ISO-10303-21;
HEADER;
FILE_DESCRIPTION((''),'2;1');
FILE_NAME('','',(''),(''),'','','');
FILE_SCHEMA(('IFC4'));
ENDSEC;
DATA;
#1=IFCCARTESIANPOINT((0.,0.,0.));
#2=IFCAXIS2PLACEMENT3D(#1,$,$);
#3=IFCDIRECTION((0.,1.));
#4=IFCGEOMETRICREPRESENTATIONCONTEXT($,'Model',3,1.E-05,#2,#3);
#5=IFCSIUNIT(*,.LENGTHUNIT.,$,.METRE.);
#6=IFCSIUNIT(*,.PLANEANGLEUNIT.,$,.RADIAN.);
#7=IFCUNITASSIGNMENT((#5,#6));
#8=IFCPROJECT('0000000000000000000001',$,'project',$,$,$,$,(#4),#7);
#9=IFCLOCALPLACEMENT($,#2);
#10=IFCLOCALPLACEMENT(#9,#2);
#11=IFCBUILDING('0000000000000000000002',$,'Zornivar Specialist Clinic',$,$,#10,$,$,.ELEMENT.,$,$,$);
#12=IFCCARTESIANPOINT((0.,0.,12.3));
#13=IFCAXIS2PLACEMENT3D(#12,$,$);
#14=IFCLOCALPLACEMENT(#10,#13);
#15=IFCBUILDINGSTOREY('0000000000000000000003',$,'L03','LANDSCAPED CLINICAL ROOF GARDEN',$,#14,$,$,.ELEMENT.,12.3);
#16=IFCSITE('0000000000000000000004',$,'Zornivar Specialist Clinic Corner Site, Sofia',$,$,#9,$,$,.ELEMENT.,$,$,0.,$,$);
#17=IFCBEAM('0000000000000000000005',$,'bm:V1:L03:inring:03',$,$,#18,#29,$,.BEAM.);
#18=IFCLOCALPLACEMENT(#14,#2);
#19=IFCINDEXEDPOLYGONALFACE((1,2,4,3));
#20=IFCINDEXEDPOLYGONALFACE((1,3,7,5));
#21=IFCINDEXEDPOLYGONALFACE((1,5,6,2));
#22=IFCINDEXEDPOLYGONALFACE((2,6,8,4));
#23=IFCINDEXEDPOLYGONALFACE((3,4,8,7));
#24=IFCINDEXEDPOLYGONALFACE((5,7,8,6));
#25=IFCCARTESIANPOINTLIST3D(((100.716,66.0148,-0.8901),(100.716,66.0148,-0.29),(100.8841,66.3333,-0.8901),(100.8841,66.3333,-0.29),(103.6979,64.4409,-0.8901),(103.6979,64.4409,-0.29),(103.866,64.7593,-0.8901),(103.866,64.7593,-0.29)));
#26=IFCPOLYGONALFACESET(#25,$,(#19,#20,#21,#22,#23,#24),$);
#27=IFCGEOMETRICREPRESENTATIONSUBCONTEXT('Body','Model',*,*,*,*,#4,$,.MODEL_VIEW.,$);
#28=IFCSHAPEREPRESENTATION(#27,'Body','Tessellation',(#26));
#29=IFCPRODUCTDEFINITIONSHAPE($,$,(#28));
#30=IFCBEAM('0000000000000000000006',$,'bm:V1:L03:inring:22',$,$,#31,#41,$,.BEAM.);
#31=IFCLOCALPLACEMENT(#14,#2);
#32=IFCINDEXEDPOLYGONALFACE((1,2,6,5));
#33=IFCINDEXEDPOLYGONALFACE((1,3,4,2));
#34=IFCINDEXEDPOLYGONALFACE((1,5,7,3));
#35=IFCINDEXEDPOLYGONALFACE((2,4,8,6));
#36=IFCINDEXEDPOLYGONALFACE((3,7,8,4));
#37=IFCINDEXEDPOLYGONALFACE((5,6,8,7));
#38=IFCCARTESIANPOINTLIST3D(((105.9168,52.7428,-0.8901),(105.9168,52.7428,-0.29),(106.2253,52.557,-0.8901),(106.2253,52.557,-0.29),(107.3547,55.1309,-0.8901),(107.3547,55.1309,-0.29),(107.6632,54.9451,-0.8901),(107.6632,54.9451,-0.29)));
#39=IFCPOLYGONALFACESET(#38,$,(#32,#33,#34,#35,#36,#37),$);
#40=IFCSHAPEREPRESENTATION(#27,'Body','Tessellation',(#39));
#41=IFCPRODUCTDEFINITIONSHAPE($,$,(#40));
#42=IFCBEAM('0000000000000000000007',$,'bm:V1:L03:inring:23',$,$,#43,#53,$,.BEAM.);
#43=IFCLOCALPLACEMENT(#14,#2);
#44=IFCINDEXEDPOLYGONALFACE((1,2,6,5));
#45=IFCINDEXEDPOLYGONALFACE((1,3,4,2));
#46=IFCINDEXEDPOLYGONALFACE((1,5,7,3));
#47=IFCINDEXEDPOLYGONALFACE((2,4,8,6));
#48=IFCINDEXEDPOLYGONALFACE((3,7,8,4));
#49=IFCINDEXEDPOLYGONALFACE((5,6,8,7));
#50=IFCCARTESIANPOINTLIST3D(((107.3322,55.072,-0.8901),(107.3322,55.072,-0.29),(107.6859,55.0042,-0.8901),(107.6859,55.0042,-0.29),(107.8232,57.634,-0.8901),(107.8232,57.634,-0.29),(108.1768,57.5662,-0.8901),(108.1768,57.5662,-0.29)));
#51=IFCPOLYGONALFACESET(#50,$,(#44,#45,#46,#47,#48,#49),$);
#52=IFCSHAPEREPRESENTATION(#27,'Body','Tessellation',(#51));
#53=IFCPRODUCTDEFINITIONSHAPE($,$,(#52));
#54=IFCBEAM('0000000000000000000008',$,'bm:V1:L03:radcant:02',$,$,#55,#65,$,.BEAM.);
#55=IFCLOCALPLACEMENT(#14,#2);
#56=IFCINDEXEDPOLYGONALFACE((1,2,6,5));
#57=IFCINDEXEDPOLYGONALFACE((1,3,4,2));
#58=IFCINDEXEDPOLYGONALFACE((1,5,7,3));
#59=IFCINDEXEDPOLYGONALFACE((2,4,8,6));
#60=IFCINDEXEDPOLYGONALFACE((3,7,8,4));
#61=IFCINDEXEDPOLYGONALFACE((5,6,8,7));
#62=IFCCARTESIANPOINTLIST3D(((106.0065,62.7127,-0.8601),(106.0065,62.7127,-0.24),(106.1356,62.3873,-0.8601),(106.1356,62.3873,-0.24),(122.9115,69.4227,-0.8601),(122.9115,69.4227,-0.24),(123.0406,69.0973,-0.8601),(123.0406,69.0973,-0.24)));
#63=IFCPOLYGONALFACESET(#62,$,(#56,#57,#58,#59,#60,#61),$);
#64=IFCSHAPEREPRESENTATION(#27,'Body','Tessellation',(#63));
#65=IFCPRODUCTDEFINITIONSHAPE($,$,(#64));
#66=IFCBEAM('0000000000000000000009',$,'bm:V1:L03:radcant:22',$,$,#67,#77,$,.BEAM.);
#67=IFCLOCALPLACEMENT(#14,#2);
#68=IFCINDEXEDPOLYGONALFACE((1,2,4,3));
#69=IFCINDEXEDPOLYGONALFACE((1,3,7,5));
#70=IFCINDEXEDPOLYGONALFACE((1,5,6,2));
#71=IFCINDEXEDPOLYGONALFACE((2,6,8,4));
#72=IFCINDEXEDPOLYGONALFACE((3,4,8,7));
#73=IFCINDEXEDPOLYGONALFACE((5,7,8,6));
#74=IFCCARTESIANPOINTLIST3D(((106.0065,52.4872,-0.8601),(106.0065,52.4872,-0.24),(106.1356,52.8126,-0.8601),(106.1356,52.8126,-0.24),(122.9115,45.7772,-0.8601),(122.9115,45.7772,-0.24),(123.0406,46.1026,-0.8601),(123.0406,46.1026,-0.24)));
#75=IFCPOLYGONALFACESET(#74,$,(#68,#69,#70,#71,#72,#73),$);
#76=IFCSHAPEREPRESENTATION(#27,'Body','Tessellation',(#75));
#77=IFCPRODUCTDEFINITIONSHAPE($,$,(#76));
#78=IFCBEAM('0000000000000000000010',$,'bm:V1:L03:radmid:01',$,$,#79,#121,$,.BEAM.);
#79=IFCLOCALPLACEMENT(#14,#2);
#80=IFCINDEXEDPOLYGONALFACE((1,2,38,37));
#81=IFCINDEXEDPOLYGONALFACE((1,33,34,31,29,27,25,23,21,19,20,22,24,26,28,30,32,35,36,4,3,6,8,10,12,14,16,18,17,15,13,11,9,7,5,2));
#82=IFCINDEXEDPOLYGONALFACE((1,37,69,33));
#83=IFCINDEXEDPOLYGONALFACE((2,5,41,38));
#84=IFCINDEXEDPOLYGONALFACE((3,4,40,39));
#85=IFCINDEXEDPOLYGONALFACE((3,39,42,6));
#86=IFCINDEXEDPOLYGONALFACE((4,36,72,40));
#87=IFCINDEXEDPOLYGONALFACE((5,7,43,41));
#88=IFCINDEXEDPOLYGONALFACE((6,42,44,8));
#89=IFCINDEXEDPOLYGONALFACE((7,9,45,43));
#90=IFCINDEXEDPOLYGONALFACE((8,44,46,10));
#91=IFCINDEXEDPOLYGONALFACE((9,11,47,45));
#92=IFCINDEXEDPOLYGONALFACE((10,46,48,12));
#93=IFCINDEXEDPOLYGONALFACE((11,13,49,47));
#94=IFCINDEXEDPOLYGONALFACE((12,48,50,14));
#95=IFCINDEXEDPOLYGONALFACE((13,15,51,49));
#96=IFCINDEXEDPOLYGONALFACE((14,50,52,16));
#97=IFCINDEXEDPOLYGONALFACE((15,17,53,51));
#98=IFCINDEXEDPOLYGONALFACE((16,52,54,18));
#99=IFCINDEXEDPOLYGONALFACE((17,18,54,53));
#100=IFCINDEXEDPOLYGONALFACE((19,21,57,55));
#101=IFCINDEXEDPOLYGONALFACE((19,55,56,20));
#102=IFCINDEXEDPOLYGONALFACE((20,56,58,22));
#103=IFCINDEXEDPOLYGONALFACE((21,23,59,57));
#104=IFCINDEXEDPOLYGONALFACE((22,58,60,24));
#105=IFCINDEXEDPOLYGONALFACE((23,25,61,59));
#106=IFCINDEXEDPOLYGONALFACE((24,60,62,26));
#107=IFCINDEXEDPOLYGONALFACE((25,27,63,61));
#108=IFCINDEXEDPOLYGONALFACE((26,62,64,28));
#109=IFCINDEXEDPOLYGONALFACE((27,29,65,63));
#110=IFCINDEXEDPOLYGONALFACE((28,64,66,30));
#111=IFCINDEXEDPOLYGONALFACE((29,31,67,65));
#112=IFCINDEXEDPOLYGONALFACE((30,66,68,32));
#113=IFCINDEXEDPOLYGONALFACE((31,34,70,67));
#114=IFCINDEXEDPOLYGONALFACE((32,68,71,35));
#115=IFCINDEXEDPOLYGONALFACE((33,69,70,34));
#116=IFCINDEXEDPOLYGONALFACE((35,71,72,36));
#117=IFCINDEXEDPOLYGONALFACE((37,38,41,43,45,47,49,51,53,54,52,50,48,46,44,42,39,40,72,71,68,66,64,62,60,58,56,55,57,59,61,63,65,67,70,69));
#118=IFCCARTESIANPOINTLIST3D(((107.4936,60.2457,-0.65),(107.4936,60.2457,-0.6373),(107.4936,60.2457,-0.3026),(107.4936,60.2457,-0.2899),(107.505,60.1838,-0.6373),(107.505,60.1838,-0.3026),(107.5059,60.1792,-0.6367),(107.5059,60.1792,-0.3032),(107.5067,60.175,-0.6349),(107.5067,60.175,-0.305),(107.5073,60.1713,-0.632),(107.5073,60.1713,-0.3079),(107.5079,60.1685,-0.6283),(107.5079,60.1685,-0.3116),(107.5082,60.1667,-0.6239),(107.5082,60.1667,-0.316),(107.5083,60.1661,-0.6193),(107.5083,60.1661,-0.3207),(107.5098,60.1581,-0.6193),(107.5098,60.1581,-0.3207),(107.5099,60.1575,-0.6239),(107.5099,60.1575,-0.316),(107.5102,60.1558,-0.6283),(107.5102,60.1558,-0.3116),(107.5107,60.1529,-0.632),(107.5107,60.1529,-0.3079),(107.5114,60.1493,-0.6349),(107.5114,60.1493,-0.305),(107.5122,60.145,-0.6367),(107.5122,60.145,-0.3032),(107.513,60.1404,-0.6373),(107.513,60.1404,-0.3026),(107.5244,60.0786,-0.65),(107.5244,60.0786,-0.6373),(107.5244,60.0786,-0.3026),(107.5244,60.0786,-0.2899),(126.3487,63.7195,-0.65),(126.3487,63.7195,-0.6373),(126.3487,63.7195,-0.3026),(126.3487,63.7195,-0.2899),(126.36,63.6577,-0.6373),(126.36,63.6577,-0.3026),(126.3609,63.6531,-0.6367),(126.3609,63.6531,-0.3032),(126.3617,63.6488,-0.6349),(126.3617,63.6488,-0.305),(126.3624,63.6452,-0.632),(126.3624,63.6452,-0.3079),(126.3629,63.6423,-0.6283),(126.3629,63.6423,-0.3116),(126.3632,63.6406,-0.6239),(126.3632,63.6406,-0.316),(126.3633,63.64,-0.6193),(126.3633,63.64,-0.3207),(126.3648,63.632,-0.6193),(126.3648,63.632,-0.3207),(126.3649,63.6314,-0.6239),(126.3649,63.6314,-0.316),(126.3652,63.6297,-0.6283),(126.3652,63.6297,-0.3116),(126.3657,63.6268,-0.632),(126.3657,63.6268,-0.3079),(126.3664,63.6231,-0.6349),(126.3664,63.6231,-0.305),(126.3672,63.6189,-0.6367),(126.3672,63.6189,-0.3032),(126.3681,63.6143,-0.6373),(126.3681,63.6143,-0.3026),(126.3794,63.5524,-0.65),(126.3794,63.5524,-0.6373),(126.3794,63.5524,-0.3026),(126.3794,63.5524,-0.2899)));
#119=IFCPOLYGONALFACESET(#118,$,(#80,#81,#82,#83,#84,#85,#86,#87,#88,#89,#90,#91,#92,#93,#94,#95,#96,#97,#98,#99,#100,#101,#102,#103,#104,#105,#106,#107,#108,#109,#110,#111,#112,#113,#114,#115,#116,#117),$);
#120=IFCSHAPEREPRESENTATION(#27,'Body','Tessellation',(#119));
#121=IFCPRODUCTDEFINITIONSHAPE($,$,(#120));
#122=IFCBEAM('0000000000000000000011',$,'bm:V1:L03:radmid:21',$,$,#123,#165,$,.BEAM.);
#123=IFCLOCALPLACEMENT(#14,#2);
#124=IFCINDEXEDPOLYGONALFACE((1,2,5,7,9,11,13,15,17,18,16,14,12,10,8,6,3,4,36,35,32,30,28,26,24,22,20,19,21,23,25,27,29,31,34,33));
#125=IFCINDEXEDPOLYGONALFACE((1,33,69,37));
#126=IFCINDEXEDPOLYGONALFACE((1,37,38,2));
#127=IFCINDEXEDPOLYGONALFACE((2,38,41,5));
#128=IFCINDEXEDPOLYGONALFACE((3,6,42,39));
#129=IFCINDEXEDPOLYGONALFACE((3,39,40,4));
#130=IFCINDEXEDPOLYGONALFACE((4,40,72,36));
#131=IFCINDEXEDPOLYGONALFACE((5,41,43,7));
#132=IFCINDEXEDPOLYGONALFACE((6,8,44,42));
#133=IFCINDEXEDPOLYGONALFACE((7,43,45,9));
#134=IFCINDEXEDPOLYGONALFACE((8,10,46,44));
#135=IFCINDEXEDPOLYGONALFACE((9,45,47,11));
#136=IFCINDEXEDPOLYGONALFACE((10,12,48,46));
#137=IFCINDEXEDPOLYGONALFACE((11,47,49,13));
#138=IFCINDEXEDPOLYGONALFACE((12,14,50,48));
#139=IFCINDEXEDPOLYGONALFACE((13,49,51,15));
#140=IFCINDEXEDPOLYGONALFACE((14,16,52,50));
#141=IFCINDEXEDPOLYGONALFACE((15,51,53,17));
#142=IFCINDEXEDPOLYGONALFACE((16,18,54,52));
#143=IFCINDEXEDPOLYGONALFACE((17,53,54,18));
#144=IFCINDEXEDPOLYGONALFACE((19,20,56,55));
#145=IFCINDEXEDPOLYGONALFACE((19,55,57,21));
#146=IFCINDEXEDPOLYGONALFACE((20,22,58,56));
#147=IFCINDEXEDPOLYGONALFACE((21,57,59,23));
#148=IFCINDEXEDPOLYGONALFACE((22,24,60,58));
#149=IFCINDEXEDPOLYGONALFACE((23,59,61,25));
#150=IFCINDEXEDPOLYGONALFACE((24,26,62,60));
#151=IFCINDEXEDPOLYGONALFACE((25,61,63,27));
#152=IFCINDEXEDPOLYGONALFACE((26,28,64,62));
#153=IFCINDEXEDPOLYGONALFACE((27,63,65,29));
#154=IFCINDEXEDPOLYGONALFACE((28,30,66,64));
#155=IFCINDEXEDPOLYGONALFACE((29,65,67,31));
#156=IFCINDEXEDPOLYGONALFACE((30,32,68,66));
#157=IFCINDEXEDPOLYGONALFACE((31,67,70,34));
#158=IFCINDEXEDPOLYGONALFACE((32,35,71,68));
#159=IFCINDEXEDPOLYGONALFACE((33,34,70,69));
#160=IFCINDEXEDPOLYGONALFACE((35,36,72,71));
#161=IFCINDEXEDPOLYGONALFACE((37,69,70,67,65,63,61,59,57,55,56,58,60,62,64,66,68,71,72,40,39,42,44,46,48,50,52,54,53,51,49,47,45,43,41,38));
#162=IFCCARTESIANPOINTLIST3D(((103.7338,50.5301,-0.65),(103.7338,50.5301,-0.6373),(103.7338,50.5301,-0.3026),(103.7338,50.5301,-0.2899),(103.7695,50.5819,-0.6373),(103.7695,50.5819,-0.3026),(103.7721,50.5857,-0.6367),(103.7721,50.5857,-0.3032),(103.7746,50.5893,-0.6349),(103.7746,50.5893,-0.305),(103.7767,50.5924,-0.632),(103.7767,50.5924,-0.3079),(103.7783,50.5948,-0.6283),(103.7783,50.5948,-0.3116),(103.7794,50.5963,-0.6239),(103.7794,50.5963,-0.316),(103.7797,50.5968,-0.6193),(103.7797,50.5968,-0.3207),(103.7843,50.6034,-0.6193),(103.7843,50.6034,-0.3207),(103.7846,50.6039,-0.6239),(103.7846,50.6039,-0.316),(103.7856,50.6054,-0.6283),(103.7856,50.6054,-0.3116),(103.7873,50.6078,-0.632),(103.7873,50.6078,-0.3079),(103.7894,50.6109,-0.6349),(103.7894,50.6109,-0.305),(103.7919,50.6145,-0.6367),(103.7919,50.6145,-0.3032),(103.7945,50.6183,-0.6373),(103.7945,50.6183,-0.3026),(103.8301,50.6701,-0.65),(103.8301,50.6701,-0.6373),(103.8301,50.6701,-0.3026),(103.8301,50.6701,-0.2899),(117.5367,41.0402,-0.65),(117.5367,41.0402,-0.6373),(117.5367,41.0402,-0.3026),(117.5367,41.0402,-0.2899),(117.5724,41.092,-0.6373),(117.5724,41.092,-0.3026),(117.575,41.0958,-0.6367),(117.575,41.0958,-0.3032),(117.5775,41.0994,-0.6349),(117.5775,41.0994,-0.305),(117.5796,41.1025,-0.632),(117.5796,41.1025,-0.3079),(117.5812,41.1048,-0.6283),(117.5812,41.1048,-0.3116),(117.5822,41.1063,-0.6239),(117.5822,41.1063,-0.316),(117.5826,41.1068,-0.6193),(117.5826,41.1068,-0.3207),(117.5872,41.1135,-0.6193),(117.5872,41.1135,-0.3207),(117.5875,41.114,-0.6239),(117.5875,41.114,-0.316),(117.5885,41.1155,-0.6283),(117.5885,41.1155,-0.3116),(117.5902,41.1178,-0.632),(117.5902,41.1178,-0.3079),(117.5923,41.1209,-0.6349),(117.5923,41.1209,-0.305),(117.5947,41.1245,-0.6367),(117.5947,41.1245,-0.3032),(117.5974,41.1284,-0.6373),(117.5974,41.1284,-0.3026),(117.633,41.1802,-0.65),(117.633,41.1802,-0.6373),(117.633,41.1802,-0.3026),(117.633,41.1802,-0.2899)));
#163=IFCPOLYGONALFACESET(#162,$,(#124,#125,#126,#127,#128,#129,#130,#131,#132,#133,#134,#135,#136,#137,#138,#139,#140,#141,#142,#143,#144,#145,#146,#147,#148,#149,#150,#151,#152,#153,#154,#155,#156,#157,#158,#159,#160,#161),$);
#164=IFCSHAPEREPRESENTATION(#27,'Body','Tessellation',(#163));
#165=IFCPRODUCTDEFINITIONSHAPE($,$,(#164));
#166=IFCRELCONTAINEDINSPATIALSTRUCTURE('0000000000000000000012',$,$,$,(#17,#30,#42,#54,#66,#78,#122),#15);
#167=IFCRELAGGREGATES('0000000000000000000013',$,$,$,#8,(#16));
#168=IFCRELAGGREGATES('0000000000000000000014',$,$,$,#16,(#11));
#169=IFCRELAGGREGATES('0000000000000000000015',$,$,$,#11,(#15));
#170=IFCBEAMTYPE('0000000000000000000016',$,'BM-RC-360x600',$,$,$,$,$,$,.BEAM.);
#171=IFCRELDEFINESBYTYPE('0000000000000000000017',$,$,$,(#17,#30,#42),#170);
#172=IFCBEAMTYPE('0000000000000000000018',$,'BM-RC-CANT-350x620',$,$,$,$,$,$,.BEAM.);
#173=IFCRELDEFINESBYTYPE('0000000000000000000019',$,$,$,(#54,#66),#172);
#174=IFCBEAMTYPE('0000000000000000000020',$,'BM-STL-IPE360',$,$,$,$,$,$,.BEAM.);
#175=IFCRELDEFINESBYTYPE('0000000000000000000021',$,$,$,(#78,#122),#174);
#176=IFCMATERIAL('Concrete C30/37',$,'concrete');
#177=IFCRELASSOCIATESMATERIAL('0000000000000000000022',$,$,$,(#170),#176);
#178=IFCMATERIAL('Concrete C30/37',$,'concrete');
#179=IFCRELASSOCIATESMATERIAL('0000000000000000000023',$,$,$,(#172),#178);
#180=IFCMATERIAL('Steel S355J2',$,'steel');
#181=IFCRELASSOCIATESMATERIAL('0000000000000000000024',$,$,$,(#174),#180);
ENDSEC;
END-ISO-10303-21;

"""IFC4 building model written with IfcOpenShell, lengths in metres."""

from ifc_helpers import new_model, si_unit, direction, frame, origin, origin_2d, place, context, subcontext, project, spatial, rectangle, i_section, extrude, material, material_profile, profile_set, type_object, element, save


model = new_model("IFC4")

# Units and contexts
model_context = context("Model", 3, precision=1e-05, world=origin(), true_north=direction((0.0, 1.0)))
body_context = subcontext(model_context, "Body", "Model", "MODEL_VIEW")
ifc_project = project(units=[si_unit("LENGTHUNIT", "METRE"), si_unit("PLANEANGLEUNIT", "RADIAN")], contexts=[model_context])

# Site, building, storey
site_placement = place(None, origin())
site = spatial("IfcSite", under=ifc_project, at=site_placement, Name="Zornivar Specialist Clinic Corner Site, Sofia", CompositionType="ELEMENT", RefElevation=0.0)
building_placement = place(site_placement, origin())
building = spatial("IfcBuilding", under=site, at=building_placement, Name="Zornivar Specialist Clinic", CompositionType="ELEMENT")
storey_placement = place(building_placement, frame((0.0, 0.0, 12.3)))
storey = spatial("IfcBuildingStorey", under=building, at=storey_placement, Name="L03", Description="LANDSCAPED CLINICAL ROOF GARDEN", CompositionType="ELEMENT", Elevation=12.3)

# Beams
ifc_material_1 = material(Name="Concrete C30/37", Category="concrete")
ifc_material_profile_1 = material_profile(ifc_material_1, rectangle(XDim=0.3601, YDim=0.6001, at=origin_2d()), Name="RC 360x600")
ifc_profile_set_1 = profile_set([ifc_material_profile_1], Name="Concrete C30/37")
beam_type_1 = type_object("IfcBeamType", Name="BM-RC-360x600", PredefinedType="BEAM", material=ifc_profile_set_1)
beam_1_placement = place(storey_placement, frame((103.782, 64.6001, -0.5901), z_axis=(-0.884363, 0.4668, 0.0), x_axis=(-0.4668, -0.884363, 0.0)))
element("IfcBeam", 1, at=beam_1_placement, inside=storey, type_object=beam_type_1, Name="bm:V1:L03:inring:03", PredefinedType="BEAM", context=body_context, shape_type="SweptSolid", body=[
    extrude(rectangle(XDim=0.3601, YDim=0.6001, at=origin_2d()), origin(), (0.0, 0.0, 1.0), 3.3718),
])
beam_2_placement = place(storey_placement, frame((106.071, 52.6499, -0.5901), z_axis=(0.515835, 0.856688, 0.0), x_axis=(-0.856688, 0.515835, 0.0)))
element("IfcBeam", 2, at=beam_2_placement, inside=storey, type_object=beam_type_1, Name="bm:V1:L03:inring:22", PredefinedType="BEAM", context=body_context, shape_type="SweptSolid", body=[
    extrude(rectangle(XDim=0.3601, YDim=0.6001, at=origin_2d()), origin(), (0.0, 0.0, 1.0), 2.7876),
])
beam_3_placement = place(storey_placement, frame((107.509, 55.0381, -0.5901), z_axis=(0.188209, 0.982129, 0.0), x_axis=(-0.982129, 0.188209, 0.0)))
element("IfcBeam", 3, at=beam_3_placement, inside=storey, type_object=beam_type_1, Name="bm:V1:L03:inring:23", PredefinedType="BEAM", context=body_context, shape_type="SweptSolid", body=[
    extrude(rectangle(XDim=0.3601, YDim=0.6001, at=origin_2d()), origin(), (0.0, 0.0, 1.0), 2.6086),
])
ifc_material_2 = material(Name="Concrete C30/37", Category="concrete")
ifc_material_profile_2 = material_profile(ifc_material_2, rectangle(XDim=0.3501, YDim=0.6201, at=origin_2d()), Name="RC 350x620")
ifc_profile_set_2 = profile_set([ifc_material_profile_2], Name="Concrete C30/37")
beam_type_2 = type_object("IfcBeamType", Name="BM-RC-CANT-350x620", PredefinedType="BEAM", material=ifc_profile_set_2)
for number, where, z_axis, x_axis, name in (
    (4, (106.071, 62.55, -0.55), (0.92946, 0.368922, 0.0), (-0.368922, 0.92946, 0.0), "bm:V1:L03:radcant:02"),
    (5, (106.071, 52.6499, -0.55), (0.92946, -0.368922, 0.0), (0.368922, 0.92946, 0.0), "bm:V1:L03:radcant:22"),
):
    element("IfcBeam", number, at=place(storey_placement, frame(where, z_axis=z_axis, x_axis=x_axis)), inside=storey, type_object=beam_type_2, Name=name, PredefinedType="BEAM", context=body_context, shape_type="SweptSolid", body=[
        extrude(rectangle(XDim=0.3501, YDim=0.6201, at=origin_2d()), origin(), (0.0, 0.0, 1.0), 18.188),
    ])
ifc_material_3 = material(Name="Steel S355J2", Category="steel")
ifc_material_profile_3 = material_profile(ifc_material_3, i_section(OverallWidth=0.1699, OverallDepth=0.3601, WebThickness=0.0081, FlangeThickness=0.0127, FilletRadius=0.0181, at=origin_2d()), Name="IPE 360")
ifc_profile_set_3 = profile_set([ifc_material_profile_3], Name="Steel S355J2")
beam_type_3 = type_object("IfcBeamType", Name="BM-STL-IPE360", PredefinedType="BEAM", material=ifc_profile_set_3)
beam_4_placement = place(storey_placement, frame((107.509, 60.1621, -0.47), z_axis=(0.983448, 0.181192, 0.0), x_axis=(-0.181192, 0.983448, 0.0)))
element("IfcBeam", 6, at=beam_4_placement, inside=storey, type_object=beam_type_3, Name="bm:V1:L03:radmid:01", PredefinedType="BEAM", context=body_context, shape_type="SweptSolid", body=[
    extrude(i_section(OverallWidth=0.1699, OverallDepth=0.3601, WebThickness=0.0081, FlangeThickness=0.0127, FilletRadius=0.0181, at=origin_2d()), origin(), (0.0, 0.0, 1.0), 19.1724),
])
beam_5_placement = place(storey_placement, frame((103.782, 50.6001, -0.47), z_axis=(0.82403, -0.566547, 0.0), x_axis=(0.566547, 0.82403, 0.0)))
element("IfcBeam", 7, at=beam_5_placement, inside=storey, type_object=beam_type_3, Name="bm:V1:L03:radmid:21", PredefinedType="BEAM", context=body_context, shape_type="SweptSolid", body=[
    extrude(i_section(OverallWidth=0.1699, OverallDepth=0.3601, WebThickness=0.0081, FlangeThickness=0.0127, FilletRadius=0.0181, at=origin_2d()), origin(), (0.0, 0.0, 1.0), 16.7505),
])

save(model, "model.ifc")
